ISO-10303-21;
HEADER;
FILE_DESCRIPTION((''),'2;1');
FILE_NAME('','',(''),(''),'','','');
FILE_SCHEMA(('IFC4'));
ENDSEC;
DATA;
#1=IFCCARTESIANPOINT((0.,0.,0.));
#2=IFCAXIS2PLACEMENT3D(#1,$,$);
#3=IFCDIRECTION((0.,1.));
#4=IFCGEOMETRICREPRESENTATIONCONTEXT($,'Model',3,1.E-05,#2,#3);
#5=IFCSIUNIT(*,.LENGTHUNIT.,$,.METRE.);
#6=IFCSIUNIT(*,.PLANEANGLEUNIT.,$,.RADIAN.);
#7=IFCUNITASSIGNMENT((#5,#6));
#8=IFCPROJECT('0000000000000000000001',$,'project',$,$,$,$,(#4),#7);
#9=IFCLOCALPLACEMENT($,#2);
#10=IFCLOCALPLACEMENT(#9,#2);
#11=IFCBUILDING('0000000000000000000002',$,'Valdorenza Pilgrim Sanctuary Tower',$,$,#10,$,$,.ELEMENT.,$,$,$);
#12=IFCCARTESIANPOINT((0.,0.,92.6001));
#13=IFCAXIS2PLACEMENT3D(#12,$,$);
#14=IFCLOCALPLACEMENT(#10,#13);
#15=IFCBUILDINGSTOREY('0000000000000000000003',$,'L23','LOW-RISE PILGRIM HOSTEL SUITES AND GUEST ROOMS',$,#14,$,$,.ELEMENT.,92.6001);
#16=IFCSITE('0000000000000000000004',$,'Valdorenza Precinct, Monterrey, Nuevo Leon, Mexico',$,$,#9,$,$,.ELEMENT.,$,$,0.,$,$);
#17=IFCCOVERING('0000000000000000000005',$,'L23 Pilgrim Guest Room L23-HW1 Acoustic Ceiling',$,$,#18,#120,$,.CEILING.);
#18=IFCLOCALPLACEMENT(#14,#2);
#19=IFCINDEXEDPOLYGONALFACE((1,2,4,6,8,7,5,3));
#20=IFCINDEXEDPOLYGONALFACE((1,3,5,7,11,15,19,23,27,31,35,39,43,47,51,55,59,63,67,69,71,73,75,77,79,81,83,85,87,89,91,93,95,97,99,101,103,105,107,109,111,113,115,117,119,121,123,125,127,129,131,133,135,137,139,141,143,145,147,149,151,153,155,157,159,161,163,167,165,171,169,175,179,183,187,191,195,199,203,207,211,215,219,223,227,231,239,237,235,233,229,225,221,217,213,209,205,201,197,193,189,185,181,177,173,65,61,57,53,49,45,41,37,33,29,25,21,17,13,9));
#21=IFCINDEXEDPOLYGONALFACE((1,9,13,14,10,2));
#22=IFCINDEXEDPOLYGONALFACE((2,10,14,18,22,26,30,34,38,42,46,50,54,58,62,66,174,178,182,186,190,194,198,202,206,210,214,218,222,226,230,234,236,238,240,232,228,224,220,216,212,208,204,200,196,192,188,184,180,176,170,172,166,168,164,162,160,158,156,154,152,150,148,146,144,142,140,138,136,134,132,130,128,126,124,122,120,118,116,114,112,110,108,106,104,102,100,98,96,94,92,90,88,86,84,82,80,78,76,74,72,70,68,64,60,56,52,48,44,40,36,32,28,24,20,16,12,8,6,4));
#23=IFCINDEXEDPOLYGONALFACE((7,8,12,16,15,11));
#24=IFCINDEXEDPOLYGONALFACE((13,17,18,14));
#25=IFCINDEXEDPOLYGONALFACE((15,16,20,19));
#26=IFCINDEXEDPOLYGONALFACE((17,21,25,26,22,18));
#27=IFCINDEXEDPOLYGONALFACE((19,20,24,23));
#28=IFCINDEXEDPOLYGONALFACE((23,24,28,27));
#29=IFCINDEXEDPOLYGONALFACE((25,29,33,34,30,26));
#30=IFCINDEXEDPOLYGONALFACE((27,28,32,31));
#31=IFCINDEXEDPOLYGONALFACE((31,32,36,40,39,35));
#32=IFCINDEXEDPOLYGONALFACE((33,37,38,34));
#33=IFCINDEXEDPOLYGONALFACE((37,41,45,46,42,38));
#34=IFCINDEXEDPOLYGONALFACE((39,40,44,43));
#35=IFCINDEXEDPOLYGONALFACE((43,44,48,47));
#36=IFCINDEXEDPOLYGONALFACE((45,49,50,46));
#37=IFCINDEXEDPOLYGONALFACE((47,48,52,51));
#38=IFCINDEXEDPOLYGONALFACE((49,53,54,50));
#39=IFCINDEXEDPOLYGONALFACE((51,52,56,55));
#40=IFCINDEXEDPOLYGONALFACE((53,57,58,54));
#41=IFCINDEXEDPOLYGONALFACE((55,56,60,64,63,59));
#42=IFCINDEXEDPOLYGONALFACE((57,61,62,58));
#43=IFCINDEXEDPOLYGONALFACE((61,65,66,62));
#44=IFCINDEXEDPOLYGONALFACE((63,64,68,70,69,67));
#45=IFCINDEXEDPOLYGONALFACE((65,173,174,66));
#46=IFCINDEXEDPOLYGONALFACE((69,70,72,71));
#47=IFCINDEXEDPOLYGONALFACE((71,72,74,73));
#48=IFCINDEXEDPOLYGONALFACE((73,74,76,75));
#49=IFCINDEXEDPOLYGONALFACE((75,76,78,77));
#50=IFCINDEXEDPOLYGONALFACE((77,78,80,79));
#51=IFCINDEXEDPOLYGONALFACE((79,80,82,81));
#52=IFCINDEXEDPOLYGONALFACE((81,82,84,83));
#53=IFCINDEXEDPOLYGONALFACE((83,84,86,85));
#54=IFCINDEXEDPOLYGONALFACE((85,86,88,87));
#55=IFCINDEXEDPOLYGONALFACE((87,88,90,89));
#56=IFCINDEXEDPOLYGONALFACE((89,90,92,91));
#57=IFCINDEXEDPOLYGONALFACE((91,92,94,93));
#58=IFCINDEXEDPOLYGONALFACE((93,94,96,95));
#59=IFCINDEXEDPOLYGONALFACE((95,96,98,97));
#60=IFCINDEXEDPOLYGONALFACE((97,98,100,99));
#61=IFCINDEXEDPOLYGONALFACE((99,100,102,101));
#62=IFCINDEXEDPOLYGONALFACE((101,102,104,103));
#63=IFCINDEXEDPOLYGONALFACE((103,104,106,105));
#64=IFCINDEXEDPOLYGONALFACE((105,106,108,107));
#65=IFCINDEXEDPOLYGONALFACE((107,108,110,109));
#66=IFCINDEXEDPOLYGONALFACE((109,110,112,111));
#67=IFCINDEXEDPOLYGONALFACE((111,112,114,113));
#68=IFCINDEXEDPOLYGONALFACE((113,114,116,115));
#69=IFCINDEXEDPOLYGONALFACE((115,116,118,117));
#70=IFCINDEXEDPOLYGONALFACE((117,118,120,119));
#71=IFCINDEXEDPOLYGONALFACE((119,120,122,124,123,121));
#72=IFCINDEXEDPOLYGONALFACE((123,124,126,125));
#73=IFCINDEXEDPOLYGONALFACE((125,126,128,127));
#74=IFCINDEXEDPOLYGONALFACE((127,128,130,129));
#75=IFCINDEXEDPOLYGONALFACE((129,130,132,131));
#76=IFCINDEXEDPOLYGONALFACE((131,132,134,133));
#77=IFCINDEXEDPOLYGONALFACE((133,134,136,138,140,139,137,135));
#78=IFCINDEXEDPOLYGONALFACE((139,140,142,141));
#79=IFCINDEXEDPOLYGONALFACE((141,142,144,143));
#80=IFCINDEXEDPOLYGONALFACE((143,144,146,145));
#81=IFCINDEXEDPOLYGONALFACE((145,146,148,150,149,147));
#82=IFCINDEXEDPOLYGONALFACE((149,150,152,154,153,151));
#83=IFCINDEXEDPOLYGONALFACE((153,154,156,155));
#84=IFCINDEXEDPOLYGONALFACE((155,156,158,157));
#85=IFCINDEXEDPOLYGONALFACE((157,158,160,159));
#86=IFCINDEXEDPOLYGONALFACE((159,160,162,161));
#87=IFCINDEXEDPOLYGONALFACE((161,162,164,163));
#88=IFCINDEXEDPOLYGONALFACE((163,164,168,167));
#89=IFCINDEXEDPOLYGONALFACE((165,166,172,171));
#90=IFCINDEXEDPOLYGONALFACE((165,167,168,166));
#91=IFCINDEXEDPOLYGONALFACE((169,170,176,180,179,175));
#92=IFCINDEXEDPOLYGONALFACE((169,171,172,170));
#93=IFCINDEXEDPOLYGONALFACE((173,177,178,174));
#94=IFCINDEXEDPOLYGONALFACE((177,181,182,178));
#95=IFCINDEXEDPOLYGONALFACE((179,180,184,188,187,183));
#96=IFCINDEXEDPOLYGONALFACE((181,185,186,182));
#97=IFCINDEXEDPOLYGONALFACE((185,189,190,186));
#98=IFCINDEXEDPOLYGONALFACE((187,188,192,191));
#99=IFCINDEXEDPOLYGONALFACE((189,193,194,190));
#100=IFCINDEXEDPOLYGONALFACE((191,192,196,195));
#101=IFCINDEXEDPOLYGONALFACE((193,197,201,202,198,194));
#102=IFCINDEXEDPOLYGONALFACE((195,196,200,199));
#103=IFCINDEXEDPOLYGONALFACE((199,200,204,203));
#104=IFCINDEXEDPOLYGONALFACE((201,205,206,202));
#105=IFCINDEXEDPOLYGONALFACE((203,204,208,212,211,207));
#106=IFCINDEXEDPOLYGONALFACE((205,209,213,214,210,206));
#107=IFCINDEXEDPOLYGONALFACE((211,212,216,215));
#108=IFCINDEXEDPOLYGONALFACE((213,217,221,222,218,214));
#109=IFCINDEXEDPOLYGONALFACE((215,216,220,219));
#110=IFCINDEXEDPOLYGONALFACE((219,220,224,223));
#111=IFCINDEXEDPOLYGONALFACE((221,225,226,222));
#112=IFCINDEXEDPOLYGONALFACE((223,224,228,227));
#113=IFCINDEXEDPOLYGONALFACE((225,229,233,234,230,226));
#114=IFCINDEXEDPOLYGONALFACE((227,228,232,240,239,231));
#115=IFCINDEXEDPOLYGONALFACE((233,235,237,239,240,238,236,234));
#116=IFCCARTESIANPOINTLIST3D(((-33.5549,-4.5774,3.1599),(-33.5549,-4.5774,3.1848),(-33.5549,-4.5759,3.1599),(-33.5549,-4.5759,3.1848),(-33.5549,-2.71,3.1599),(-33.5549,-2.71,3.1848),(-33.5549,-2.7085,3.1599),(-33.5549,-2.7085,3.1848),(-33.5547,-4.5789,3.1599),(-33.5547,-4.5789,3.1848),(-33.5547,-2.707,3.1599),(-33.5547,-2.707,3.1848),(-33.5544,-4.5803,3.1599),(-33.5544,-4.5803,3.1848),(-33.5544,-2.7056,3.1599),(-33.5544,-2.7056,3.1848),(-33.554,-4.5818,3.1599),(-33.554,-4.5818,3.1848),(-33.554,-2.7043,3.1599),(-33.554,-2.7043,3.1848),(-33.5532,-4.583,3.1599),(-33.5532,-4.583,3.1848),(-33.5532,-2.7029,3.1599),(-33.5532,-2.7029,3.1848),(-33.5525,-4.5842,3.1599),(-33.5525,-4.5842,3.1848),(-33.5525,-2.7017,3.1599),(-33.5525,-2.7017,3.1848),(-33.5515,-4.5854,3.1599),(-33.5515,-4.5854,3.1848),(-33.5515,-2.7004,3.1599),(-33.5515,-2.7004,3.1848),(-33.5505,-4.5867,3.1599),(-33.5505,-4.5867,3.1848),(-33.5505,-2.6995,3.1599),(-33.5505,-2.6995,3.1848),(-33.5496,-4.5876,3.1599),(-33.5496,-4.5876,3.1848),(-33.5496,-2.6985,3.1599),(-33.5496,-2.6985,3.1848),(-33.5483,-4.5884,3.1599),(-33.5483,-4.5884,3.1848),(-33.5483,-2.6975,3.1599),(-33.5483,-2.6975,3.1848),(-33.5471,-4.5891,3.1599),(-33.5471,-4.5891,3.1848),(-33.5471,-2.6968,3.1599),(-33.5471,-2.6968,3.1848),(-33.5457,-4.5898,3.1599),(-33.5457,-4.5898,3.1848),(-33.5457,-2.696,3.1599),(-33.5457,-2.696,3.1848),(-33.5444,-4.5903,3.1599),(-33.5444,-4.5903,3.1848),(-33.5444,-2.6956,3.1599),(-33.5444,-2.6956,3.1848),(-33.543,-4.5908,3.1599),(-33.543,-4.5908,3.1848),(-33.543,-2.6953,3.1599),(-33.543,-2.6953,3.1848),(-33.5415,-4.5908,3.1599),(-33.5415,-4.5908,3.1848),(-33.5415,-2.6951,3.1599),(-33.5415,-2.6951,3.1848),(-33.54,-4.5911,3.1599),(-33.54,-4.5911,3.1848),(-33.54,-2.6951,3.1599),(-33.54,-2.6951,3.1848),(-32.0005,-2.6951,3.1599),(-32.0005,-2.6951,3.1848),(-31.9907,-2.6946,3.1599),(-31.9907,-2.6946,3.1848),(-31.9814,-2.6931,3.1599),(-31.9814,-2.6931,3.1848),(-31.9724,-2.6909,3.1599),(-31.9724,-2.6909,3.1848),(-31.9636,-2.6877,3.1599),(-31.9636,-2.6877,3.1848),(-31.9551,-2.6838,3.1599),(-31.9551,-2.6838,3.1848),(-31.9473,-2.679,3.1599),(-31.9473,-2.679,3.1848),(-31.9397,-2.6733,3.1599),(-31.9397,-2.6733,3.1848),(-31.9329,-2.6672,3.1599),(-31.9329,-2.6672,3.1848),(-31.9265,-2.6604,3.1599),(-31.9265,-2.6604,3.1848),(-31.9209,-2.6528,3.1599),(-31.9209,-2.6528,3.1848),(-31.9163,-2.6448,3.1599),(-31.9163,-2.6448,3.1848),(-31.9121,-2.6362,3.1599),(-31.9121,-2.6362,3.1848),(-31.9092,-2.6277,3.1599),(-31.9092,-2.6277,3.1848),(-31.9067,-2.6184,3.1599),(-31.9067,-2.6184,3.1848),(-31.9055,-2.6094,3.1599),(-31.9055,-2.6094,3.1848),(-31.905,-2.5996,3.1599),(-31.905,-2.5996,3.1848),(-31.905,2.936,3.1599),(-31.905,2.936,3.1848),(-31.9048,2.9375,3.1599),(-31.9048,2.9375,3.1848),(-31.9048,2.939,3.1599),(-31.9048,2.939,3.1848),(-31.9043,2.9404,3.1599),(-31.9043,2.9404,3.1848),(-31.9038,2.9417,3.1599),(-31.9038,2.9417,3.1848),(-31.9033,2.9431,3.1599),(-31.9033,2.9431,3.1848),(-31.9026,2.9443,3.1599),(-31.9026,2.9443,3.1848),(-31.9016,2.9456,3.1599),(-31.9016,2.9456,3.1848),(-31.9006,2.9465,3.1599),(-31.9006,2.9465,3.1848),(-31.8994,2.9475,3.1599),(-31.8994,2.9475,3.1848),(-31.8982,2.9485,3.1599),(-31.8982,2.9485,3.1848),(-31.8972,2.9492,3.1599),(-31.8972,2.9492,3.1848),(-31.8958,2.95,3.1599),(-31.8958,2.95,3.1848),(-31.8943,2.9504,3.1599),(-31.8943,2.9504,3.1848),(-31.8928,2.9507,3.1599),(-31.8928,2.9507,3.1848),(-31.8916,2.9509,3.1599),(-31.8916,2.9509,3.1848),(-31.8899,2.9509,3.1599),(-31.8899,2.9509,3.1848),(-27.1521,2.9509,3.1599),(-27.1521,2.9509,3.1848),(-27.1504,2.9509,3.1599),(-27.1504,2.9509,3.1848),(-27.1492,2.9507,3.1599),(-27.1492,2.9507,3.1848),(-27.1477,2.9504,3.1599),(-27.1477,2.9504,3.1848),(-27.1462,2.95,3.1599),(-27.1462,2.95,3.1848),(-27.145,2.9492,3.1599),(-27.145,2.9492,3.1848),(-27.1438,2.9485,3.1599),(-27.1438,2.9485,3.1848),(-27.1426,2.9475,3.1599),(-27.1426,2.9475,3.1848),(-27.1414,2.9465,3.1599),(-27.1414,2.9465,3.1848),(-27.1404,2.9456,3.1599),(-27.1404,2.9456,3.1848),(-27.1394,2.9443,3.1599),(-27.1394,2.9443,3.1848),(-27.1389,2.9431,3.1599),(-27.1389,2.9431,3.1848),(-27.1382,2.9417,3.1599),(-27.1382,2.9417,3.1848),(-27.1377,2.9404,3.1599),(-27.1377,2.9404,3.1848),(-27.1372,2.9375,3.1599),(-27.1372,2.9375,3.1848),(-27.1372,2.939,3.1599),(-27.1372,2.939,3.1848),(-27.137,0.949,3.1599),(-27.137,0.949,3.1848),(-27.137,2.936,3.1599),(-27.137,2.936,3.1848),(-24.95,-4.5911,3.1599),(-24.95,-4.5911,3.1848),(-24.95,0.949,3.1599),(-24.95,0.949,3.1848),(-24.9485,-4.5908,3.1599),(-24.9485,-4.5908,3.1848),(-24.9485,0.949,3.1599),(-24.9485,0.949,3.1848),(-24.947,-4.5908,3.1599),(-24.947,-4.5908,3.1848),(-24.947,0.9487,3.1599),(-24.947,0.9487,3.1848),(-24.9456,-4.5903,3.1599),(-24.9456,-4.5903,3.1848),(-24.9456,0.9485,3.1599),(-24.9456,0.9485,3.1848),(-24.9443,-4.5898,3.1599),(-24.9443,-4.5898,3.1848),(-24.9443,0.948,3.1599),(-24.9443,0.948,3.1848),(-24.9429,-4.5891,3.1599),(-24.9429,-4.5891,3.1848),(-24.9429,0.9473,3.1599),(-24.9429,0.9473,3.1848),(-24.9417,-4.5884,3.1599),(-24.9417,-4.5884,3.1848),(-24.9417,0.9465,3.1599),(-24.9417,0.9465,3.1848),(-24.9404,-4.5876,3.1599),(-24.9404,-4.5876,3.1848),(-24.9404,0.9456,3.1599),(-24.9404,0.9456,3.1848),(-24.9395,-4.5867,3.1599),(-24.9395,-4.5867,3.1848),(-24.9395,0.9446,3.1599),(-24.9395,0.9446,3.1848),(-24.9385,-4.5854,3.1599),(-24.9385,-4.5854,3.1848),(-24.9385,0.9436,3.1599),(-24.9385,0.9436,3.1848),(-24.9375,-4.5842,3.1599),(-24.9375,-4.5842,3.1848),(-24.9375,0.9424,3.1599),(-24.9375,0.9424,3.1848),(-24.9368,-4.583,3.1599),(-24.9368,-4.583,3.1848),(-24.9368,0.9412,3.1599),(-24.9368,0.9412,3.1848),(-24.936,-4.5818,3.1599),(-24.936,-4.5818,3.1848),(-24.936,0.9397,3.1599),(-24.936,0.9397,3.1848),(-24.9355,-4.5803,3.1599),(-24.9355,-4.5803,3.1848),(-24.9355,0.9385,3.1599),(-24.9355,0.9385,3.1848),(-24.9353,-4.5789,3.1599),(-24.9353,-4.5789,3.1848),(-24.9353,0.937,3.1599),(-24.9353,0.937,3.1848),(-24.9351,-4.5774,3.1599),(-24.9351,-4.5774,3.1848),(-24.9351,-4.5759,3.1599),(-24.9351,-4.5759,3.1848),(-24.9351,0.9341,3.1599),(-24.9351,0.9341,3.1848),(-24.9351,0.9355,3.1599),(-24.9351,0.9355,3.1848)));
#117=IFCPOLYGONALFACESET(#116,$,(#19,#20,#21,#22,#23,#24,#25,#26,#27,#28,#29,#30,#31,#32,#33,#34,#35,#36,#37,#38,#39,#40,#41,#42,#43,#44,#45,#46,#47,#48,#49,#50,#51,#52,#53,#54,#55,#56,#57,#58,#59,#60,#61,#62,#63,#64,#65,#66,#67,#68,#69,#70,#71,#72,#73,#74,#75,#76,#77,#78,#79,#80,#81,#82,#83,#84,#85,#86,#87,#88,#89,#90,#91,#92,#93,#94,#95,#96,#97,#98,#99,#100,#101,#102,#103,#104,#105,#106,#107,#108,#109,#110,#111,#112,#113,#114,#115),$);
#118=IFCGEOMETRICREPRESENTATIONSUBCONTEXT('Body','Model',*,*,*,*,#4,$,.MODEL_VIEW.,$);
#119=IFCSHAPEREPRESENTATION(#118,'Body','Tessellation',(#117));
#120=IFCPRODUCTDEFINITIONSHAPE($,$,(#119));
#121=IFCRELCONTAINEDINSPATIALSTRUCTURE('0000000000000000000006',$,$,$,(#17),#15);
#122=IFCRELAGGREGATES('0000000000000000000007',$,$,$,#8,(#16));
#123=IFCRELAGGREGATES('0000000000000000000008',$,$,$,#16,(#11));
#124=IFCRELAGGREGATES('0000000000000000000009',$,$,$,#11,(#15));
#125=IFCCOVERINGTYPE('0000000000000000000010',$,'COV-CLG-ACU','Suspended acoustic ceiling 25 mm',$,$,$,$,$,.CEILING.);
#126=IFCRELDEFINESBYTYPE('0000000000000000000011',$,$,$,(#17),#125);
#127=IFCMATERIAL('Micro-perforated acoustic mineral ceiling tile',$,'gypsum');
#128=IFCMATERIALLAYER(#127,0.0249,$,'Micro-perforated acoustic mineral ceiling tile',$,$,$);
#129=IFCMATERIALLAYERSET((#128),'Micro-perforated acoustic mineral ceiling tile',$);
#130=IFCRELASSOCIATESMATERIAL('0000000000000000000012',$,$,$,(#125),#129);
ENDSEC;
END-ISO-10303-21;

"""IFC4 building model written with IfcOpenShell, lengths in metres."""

from ifc_helpers import new_model, si_unit, direction, frame, origin, place, context, subcontext, project, spatial, polyline, outline, extrude, material, layer, layer_set, type_object, element, save


model = new_model("IFC4")

# Units and contexts
model_context = context("Model", 3, precision=1e-05, world=origin(), true_north=direction((0.0, 1.0)))
body_context = subcontext(model_context, "Body", "Model", "MODEL_VIEW")
ifc_project = project(units=[si_unit("LENGTHUNIT", "METRE"), si_unit("PLANEANGLEUNIT", "RADIAN")], contexts=[model_context])

# Site, building, storey
site_placement = place(None, origin())
site = spatial("IfcSite", under=ifc_project, at=site_placement, Name="Valdorenza Precinct, Monterrey, Nuevo Leon, Mexico", CompositionType="ELEMENT", RefElevation=0.0)
building_placement = place(site_placement, origin())
building = spatial("IfcBuilding", under=site, at=building_placement, Name="Valdorenza Pilgrim Sanctuary Tower", CompositionType="ELEMENT")
storey_placement = place(building_placement, frame((0.0, 0.0, 92.6001)))
storey = spatial("IfcBuildingStorey", under=building, at=storey_placement, Name="L23", Description="LOW-RISE PILGRIM HOSTEL SUITES AND GUEST ROOMS", CompositionType="ELEMENT", Elevation=92.6001)

# Covering
ifc_material_1 = material(Name="Micro-perforated acoustic mineral ceiling tile", Category="gypsum")
ifc_layer_1 = layer(ifc_material_1, 0.0249, Name="Micro-perforated acoustic mineral ceiling tile")
ifc_layer_set_1 = layer_set([ifc_layer_1], Name="Micro-perforated acoustic mineral ceiling tile")
covering_type_1 = type_object("IfcCoveringType", Name="COV-CLG-ACU", Description="Suspended acoustic ceiling 25 mm", PredefinedType="CEILING", material=ifc_layer_set_1)
covering_1_placement = place(storey_placement, frame((0.0, 0.0, 3.1599)))
element("IfcCovering", 1, at=covering_1_placement, inside=storey, type_object=covering_type_1, Name="L23 Pilgrim Guest Room L23-HW1 Acoustic Ceiling", PredefinedType="CEILING", context=body_context, shape_type="SweptSolid", body=[
    extrude(outline(polyline([(-33.5549, -2.71), (-33.5549, -2.7085), (-33.5547, -2.707), (-33.5544, -2.7056), (-33.554, -2.7043), (-33.5532, -2.7029), (-33.5525, -2.7017), (-33.5515, -2.7004), (-33.5505, -2.6995), (-33.5496, -2.6985), (-33.5483, -2.6975), (-33.5471, -2.6968), (-33.5457, -2.696), (-33.5444, -2.6956), (-33.543, -2.6953), (-33.5415, -2.6951), (-33.54, -2.6951), (-32.0005, -2.6951), (-31.9907, -2.6946), (-31.9814, -2.6931), (-31.9724, -2.6909), (-31.9636, -2.6877), (-31.9551, -2.6838), (-31.9473, -2.679), (-31.9397, -2.6733), (-31.9329, -2.6672), (-31.9265, -2.6604), (-31.9209, -2.6528), (-31.9163, -2.6448), (-31.9121, -2.6362), (-31.9092, -2.6277), (-31.9067, -2.6184), (-31.9055, -2.6094), (-31.905, -2.5996), (-31.905, 2.936), (-31.9048, 2.9375), (-31.9048, 2.939), (-31.9043, 2.9404), (-31.9038, 2.9417), (-31.9033, 2.9431), (-31.9026, 2.9443), (-31.9016, 2.9456), (-31.9006, 2.9465), (-31.8994, 2.9475), (-31.8982, 2.9485), (-31.8972, 2.9492), (-31.8958, 2.95), (-31.8943, 2.9504), (-31.8928, 2.9507), (-31.8916, 2.9509), (-31.8899, 2.9509), (-27.1521, 2.9509), (-27.1504, 2.9509), (-27.1492, 2.9507), (-27.1477, 2.9504), (-27.1462, 2.95), (-27.145, 2.9492), (-27.1438, 2.9485), (-27.1426, 2.9475), (-27.1414, 2.9465), (-27.1404, 2.9456), (-27.1394, 2.9443), (-27.1389, 2.9431), (-27.1382, 2.9417), (-27.1377, 2.9404), (-27.1372, 2.939), (-27.1372, 2.9375), (-27.137, 2.936), (-27.137, 0.949), (-24.95, 0.949), (-24.9485, 0.949), (-24.947, 0.9487), (-24.9456, 0.9485), (-24.9443, 0.948), (-24.9429, 0.9473), (-24.9417, 0.9465), (-24.9404, 0.9456), (-24.9395, 0.9446), (-24.9385, 0.9436), (-24.9375, 0.9424), (-24.9368, 0.9412), (-24.936, 0.9397), (-24.9355, 0.9385), (-24.9353, 0.937), (-24.9351, 0.9355), (-24.9351, 0.9341), (-24.9351, -4.5759), (-24.9351, -4.5774), (-24.9353, -4.5789), (-24.9355, -4.5803), (-24.936, -4.5818), (-24.9368, -4.583), (-24.9375, -4.5842), (-24.9385, -4.5854), (-24.9395, -4.5867), (-24.9404, -4.5876), (-24.9417, -4.5884), (-24.9429, -4.5891), (-24.9443, -4.5898), (-24.9456, -4.5903), (-24.947, -4.5908), (-24.9485, -4.5908), (-24.95, -4.5911), (-33.54, -4.5911), (-33.5415, -4.5908), (-33.543, -4.5908), (-33.5444, -4.5903), (-33.5457, -4.5898), (-33.5471, -4.5891), (-33.5483, -4.5884), (-33.5496, -4.5876), (-33.5505, -4.5867), (-33.5515, -4.5854), (-33.5525, -4.5842), (-33.5532, -4.583), (-33.554, -4.5818), (-33.5544, -4.5803), (-33.5547, -4.5789), (-33.5549, -4.5774), (-33.5549, -4.5759), (-33.5549, -2.71)])), origin(), (0.0, 0.0, 1.0), 0.0249),
])

save(model, "model.ifc")
